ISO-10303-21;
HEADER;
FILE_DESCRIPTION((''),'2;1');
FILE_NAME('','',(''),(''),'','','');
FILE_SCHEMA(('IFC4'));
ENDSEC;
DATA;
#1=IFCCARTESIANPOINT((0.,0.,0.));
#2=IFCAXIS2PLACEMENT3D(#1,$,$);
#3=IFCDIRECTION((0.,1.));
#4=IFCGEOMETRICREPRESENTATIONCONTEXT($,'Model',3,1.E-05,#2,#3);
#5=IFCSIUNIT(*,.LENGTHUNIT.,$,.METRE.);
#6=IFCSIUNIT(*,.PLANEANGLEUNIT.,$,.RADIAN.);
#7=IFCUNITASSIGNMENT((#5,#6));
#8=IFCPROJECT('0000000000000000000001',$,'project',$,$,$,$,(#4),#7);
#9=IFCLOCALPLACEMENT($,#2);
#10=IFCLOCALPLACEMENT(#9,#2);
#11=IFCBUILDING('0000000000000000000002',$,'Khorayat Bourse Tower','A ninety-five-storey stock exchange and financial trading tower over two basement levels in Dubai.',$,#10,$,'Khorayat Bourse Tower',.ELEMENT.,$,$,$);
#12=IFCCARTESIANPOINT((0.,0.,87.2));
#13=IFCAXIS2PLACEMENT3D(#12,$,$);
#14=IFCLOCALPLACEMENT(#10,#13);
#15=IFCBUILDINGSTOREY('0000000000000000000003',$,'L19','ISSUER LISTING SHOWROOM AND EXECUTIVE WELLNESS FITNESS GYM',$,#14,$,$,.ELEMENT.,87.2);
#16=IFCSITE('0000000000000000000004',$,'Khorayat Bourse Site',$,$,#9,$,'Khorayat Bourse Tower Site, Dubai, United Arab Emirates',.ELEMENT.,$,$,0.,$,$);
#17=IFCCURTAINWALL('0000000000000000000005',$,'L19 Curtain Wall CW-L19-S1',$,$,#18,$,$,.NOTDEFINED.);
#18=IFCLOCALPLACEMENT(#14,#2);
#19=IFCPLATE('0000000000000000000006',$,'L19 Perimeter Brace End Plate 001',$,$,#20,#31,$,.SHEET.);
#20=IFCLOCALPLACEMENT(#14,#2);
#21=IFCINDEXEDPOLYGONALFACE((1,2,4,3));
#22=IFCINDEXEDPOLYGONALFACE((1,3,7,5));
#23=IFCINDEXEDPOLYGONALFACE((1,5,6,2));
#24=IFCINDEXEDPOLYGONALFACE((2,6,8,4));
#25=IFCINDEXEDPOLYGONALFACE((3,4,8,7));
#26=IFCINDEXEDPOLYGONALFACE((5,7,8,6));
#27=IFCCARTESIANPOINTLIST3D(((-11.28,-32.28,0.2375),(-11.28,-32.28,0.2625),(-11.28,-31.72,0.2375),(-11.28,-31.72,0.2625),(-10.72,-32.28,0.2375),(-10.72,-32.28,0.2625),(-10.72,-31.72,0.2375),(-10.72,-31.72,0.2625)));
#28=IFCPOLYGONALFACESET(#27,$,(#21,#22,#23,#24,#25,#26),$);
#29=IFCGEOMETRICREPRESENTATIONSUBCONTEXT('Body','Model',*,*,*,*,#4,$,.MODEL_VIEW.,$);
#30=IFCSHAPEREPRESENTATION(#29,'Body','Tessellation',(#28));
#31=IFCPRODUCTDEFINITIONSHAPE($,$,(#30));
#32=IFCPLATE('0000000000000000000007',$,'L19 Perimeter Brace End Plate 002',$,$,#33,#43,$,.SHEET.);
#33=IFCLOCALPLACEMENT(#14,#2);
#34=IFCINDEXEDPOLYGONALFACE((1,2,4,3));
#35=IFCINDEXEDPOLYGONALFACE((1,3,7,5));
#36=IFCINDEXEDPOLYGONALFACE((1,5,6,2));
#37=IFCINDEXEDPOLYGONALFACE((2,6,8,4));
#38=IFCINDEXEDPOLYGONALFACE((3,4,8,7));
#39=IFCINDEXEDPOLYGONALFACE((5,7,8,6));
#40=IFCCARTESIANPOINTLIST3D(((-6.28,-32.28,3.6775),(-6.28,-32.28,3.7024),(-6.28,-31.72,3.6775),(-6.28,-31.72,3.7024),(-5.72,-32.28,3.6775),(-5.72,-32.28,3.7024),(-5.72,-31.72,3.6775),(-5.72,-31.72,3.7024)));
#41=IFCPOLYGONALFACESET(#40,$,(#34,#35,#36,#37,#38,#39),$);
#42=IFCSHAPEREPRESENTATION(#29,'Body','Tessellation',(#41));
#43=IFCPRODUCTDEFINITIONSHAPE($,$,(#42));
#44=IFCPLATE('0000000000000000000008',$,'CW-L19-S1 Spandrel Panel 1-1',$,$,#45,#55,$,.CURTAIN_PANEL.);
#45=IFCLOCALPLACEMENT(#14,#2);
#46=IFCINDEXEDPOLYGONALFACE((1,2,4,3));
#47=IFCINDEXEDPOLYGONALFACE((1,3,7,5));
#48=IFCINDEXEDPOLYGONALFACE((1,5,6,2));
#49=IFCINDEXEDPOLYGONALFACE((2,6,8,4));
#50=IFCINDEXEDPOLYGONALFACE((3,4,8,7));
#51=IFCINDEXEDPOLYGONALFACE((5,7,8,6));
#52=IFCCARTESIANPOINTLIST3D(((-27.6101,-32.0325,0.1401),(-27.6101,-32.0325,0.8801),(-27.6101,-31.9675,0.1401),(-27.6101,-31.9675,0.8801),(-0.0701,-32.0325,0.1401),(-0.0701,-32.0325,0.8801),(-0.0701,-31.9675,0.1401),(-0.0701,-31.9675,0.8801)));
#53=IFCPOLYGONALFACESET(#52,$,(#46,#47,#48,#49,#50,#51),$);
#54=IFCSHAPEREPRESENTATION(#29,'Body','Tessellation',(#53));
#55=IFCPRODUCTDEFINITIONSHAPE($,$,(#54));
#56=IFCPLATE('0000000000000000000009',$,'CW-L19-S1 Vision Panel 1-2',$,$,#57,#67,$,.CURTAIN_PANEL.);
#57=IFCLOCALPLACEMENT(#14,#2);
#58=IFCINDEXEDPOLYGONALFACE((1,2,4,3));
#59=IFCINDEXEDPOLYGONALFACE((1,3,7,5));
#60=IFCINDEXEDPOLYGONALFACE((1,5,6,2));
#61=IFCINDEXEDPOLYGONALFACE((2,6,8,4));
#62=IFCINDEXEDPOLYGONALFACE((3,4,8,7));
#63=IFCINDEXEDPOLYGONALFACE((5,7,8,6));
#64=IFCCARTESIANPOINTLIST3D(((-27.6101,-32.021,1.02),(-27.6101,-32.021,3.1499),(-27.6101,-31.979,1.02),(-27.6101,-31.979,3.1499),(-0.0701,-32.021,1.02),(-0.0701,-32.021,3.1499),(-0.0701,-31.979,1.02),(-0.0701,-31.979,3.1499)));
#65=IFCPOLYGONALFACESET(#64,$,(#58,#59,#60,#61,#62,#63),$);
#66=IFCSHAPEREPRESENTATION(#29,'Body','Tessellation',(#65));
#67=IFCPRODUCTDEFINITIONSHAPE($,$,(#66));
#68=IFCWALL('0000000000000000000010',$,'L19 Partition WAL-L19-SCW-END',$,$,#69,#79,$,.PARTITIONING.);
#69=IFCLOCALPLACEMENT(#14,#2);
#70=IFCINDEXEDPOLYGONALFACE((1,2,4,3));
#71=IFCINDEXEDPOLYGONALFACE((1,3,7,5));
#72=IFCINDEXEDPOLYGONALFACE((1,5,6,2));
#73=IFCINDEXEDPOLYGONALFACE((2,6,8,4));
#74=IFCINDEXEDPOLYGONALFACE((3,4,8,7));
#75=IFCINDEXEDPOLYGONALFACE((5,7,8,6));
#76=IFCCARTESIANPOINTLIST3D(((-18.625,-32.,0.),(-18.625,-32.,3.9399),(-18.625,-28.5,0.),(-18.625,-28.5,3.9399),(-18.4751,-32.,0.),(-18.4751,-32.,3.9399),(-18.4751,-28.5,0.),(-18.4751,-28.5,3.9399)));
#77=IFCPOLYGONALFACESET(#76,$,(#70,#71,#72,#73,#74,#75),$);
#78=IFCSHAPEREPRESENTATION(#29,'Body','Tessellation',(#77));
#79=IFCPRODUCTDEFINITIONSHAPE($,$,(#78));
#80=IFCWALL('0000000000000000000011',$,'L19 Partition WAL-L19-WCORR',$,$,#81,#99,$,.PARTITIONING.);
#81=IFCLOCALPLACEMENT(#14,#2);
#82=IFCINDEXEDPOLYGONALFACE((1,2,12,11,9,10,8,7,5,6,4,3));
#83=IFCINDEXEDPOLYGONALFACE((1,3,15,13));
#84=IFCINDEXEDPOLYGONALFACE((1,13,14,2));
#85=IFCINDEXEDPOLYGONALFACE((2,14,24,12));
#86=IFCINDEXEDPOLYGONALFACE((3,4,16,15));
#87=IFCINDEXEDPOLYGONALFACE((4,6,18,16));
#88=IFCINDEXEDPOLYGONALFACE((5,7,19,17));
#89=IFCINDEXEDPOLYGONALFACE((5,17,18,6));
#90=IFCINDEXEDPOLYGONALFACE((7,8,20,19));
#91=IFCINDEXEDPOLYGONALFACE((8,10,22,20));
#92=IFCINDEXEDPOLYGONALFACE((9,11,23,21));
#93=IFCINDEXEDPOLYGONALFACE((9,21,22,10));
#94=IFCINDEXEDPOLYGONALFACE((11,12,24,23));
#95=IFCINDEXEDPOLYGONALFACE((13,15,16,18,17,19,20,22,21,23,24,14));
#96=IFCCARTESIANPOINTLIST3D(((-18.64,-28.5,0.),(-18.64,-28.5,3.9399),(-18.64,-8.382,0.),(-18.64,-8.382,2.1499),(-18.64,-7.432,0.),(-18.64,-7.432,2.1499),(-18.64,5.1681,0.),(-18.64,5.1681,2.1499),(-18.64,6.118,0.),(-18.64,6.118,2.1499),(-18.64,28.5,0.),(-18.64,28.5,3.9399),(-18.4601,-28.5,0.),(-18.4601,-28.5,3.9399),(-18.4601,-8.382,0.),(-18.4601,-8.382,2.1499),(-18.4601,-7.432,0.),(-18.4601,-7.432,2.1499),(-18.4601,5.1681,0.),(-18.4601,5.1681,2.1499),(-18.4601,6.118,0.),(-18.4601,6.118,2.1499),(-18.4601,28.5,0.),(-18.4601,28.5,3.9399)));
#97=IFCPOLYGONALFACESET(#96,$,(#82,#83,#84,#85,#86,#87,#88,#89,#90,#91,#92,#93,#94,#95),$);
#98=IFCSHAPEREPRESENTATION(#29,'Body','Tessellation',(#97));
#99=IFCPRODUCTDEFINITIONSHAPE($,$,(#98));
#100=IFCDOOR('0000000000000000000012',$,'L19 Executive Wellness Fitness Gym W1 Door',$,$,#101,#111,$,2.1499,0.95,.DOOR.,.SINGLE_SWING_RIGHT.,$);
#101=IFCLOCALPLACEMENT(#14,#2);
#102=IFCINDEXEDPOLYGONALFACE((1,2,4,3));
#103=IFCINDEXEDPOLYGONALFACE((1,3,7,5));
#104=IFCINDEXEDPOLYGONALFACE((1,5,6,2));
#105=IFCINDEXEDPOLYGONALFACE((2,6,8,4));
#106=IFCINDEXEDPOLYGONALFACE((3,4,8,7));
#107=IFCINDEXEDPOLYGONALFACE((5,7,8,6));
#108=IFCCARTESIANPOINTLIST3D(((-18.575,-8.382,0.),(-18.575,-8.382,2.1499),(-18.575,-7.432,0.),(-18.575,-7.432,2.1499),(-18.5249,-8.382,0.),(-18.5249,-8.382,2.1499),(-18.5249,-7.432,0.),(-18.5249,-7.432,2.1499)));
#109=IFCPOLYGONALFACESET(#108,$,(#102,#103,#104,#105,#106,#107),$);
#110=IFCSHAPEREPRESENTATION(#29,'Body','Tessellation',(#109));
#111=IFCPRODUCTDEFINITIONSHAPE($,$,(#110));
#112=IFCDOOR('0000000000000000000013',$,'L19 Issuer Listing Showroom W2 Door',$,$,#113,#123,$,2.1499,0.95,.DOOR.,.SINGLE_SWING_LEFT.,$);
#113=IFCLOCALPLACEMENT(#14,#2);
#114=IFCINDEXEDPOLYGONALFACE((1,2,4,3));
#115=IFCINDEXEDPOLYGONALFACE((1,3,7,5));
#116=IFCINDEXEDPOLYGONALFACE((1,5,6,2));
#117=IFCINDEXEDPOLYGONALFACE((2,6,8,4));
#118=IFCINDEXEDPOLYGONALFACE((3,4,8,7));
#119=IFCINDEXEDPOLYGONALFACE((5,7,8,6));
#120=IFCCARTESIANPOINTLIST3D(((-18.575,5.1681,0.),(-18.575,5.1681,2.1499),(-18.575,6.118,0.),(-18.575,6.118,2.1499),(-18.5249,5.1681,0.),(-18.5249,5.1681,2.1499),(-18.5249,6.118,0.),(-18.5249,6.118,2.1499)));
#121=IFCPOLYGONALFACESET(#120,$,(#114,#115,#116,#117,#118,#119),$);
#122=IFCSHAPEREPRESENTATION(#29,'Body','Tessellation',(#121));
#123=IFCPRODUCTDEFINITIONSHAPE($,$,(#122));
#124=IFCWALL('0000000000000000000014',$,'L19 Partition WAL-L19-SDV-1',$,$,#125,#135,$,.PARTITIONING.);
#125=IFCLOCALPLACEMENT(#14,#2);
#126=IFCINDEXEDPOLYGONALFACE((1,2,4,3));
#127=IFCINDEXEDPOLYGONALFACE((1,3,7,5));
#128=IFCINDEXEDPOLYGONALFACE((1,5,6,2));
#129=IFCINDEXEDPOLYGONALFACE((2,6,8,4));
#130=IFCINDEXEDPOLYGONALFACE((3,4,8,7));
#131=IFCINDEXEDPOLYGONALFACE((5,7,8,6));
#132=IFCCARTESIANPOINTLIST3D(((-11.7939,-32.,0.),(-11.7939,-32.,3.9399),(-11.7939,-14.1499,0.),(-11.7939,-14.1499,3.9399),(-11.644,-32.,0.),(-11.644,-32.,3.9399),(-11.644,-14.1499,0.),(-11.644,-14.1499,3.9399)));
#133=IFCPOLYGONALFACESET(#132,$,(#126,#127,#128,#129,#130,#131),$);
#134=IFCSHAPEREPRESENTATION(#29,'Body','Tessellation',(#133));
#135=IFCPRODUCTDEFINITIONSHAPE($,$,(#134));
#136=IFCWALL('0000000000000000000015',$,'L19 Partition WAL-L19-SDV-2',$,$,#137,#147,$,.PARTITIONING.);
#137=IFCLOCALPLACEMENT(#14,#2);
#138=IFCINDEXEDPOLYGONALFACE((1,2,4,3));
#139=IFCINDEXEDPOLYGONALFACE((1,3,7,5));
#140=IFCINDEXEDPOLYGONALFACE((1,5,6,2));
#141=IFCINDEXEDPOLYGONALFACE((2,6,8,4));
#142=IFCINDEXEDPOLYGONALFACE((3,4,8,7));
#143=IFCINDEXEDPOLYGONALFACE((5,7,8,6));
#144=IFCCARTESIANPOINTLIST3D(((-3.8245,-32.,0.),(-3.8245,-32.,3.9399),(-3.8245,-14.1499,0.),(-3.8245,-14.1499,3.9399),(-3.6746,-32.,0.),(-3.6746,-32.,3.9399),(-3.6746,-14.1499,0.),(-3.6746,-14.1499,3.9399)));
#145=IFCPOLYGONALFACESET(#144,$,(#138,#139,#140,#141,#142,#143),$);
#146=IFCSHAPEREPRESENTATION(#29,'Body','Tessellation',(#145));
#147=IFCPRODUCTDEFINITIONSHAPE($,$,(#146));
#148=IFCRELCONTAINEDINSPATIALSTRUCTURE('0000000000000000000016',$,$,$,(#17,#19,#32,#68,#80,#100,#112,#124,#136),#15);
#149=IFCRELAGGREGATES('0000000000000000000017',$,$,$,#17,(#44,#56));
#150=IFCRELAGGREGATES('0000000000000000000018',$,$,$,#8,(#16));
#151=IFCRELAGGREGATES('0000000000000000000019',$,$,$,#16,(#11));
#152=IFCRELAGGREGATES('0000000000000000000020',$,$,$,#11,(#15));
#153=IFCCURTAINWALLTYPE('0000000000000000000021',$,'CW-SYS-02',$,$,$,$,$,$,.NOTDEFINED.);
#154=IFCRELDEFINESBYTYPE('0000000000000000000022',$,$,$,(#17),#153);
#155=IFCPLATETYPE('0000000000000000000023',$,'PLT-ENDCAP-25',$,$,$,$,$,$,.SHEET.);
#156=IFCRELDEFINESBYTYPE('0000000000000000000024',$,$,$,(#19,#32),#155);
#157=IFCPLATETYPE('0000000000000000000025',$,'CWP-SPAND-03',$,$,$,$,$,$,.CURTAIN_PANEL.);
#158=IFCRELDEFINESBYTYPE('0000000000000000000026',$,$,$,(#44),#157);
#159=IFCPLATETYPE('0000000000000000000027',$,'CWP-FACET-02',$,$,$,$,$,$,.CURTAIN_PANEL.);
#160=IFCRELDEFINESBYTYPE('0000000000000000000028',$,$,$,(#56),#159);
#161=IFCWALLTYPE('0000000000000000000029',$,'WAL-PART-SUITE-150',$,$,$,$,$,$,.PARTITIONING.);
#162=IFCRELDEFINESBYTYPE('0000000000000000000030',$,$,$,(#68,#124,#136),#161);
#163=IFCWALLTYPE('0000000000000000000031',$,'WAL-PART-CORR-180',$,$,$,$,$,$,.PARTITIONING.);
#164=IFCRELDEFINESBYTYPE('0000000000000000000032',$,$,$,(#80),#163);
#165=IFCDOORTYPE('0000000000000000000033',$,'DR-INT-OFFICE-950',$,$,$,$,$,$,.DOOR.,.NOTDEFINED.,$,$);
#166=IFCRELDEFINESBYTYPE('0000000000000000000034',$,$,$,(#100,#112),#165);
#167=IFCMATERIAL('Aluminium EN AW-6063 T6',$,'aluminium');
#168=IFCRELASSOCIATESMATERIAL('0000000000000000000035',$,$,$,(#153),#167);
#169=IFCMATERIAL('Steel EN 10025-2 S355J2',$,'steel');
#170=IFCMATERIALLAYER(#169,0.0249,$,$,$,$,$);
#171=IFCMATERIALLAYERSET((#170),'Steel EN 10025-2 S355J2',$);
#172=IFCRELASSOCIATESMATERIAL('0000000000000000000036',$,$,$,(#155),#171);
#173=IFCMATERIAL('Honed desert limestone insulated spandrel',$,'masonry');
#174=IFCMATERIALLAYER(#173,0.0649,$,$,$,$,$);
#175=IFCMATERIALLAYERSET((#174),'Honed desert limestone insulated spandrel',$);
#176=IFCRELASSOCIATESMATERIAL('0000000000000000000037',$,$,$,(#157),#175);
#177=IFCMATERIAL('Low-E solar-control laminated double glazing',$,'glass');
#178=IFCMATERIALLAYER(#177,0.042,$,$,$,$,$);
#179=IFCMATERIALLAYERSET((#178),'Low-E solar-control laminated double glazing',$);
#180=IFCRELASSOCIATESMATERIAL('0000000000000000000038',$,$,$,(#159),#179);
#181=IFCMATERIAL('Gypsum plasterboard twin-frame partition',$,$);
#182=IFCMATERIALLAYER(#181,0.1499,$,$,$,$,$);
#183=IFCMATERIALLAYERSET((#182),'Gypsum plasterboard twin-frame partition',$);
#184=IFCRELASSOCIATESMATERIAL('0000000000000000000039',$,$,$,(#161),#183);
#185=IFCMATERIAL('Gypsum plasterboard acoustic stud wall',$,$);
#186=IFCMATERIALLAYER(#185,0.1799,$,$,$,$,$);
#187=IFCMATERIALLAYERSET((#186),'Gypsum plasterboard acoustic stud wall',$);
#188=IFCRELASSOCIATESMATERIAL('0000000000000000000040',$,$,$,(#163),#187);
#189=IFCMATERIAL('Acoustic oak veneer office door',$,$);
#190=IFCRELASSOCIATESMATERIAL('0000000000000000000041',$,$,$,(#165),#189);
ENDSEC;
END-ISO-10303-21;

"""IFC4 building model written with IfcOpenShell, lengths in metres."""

from ifc_helpers import new_model, si_unit, direction, frame, frame_2d, origin, origin_2d, place, context, subcontext, project, spatial, rectangle, extrude, source, transform, mapped, material, layer, layer_set, type_object, element, fill, aggregate, save


model = new_model("IFC4")

# Units and contexts
model_context = context("Model", 3, precision=1e-05, world=origin(), true_north=direction((0.0, 1.0)))
body_context = subcontext(model_context, "Body", "Model", "MODEL_VIEW")
ifc_project = project(units=[si_unit("LENGTHUNIT", "METRE"), si_unit("PLANEANGLEUNIT", "RADIAN")], contexts=[model_context])

# Site, building, storey
site_placement = place(None, origin())
site = spatial("IfcSite", under=ifc_project, at=site_placement, Name="Khorayat Bourse Site", LongName="Khorayat Bourse Tower Site, Dubai, United Arab Emirates", CompositionType="ELEMENT", RefElevation=0.0)
building_placement = place(site_placement, origin())
building = spatial("IfcBuilding", under=site, at=building_placement, Name="Khorayat Bourse Tower", Description="A ninety-five-storey stock exchange and financial trading tower over two basement levels in Dubai.", LongName="Khorayat Bourse Tower", CompositionType="ELEMENT")
storey_placement = place(building_placement, frame((0.0, 0.0, 87.2)))
storey = spatial("IfcBuildingStorey", under=building, at=storey_placement, Name="L19", Description="ISSUER LISTING SHOWROOM AND EXECUTIVE WELLNESS FITNESS GYM", CompositionType="ELEMENT", Elevation=87.2)

# Curtain wall
ifc_material_1 = material(Name="Aluminium EN AW-6063 T6", Category="aluminium")
curtain_wall_type = type_object("IfcCurtainWallType", Name="CW-SYS-02", PredefinedType="NOTDEFINED", material=ifc_material_1)
curtain_wall_placement = place(storey_placement, origin())
curtain_wall = element("IfcCurtainWall", 1, at=curtain_wall_placement, inside=storey, type_object=curtain_wall_type, Name="L19 Curtain Wall CW-L19-S1", PredefinedType="NOTDEFINED")

# Plates
ifc_material_2 = material(Name="Steel EN 10025-2 S355J2", Category="steel")
ifc_layer_1 = layer(ifc_material_2, 0.0249)
ifc_layer_set_1 = layer_set([ifc_layer_1], Name="Steel EN 10025-2 S355J2")
plate_type_1 = type_object("IfcPlateType", Name="PLT-ENDCAP-25", PredefinedType="SHEET", material=ifc_layer_set_1)
shared_shape_1 = source(origin(), body_context, "Body", "SweptSolid", [
    extrude(rectangle(XDim=0.5601, YDim=0.5601, at=origin_2d()), origin(), (0.0, 0.0, 1.0), 0.0249),
])
for number, where, z_axis, x_axis, name in (
    (2, (-11.0, -32.0, 0.2375), (0.0, 0.0, 1.0), (1.0, 0.0, 0.0), "L19 Perimeter Brace End Plate 001"),
    (3, (-6.0, -32.0, 3.6775), (0.0, 0.0, 1.0), (1.0, 0.0, 0.0), "L19 Perimeter Brace End Plate 002"),
):
    element("IfcPlate", number, at=place(storey_placement, frame(where, z_axis=z_axis, x_axis=x_axis)), inside=storey, type_object=plate_type_1, Name=name, PredefinedType="SHEET", context=body_context, shape_type="MappedRepresentation", body=[
        mapped(shared_shape_1, transform((0.0, 0.0, 0.0), scale=1.0)),
    ])

# Plates
ifc_material_3 = material(Name="Honed desert limestone insulated spandrel", Category="masonry")
ifc_layer_2 = layer(ifc_material_3, 0.0649)
ifc_layer_set_2 = layer_set([ifc_layer_2], Name="Honed desert limestone insulated spandrel")
plate_type_2 = type_object("IfcPlateType", Name="CWP-SPAND-03", PredefinedType="CURTAIN_PANEL", material=ifc_layer_set_2)
shared_shape_2 = source(origin(), body_context, "Body", "SweptSolid", [
    extrude(rectangle(XDim=27.54, YDim=0.0649, at=origin_2d()), origin(), (0.0, 0.0, 1.0), 0.74),
])
plate_1_placement = place(storey_placement, frame((-13.8401, -32.0, 0.1401), z_axis=(0.0, 0.0, 1.0), x_axis=(1.0, 0.0, 0.0)))
plate_1 = element("IfcPlate", 4, at=plate_1_placement, type_object=plate_type_2, Name="CW-L19-S1 Spandrel Panel 1-1", PredefinedType="CURTAIN_PANEL", context=body_context, shape_type="MappedRepresentation", body=[
    mapped(shared_shape_2, transform((0.0, 0.0, 0.0), scale=1.0)),
])
ifc_material_4 = material(Name="Low-E solar-control laminated double glazing", Category="glass")
ifc_layer_3 = layer(ifc_material_4, 0.042)
ifc_layer_set_3 = layer_set([ifc_layer_3], Name="Low-E solar-control laminated double glazing")
plate_type_3 = type_object("IfcPlateType", Name="CWP-FACET-02", PredefinedType="CURTAIN_PANEL", material=ifc_layer_set_3)
shared_shape_3 = source(origin(), body_context, "Body", "SweptSolid", [
    extrude(rectangle(XDim=27.54, YDim=0.042, at=origin_2d()), origin(), (0.0, 0.0, 1.0), 2.1299),
])
plate_2_placement = place(storey_placement, frame((-13.8401, -32.0, 1.02), z_axis=(0.0, 0.0, 1.0), x_axis=(1.0, 0.0, 0.0)))
plate_2 = element("IfcPlate", 5, at=plate_2_placement, type_object=plate_type_3, Name="CW-L19-S1 Vision Panel 1-2", PredefinedType="CURTAIN_PANEL", context=body_context, shape_type="MappedRepresentation", body=[
    mapped(shared_shape_3, transform((0.0, 0.0, 0.0), scale=1.0)),
])
aggregate(curtain_wall, [plate_1, plate_2])

# Wall
ifc_material_5 = material(Name="Gypsum plasterboard twin-frame partition")
ifc_layer_4 = layer(ifc_material_5, 0.1499)
ifc_layer_set_4 = layer_set([ifc_layer_4], Name="Gypsum plasterboard twin-frame partition")
wall_type_1 = type_object("IfcWallType", Name="WAL-PART-SUITE-150", PredefinedType="PARTITIONING", material=ifc_layer_set_4)
shared_shape_4 = source(origin(), body_context, "Body", "SweptSolid", [
    extrude(rectangle(XDim=3.5, YDim=0.1499, at=frame_2d((1.75, 0.0))), origin(), (0.0, 0.0, 1.0), 3.9399),
])
wall_1_placement = place(storey_placement, frame((-18.55, -32.0, 0.0), z_axis=(0.0, 0.0, 1.0), x_axis=(0.0, 1.0, 0.0)))
element("IfcWall", 6, at=wall_1_placement, inside=storey, type_object=wall_type_1, Name="L19 Partition WAL-L19-SCW-END", PredefinedType="PARTITIONING", context=body_context, shape_type="MappedRepresentation", body=[
    mapped(shared_shape_4, transform((0.0, 0.0, 0.0), scale=1.0)),
])

# Wall, openings, doors
ifc_material_6 = material(Name="Gypsum plasterboard acoustic stud wall")
ifc_layer_5 = layer(ifc_material_6, 0.1799)
ifc_layer_set_5 = layer_set([ifc_layer_5], Name="Gypsum plasterboard acoustic stud wall")
wall_type_2 = type_object("IfcWallType", Name="WAL-PART-CORR-180", PredefinedType="PARTITIONING", material=ifc_layer_set_5)
shared_shape_5 = source(origin(), body_context, "Body", "SweptSolid", [
    extrude(rectangle(XDim=57.0, YDim=0.1799, at=frame_2d((28.5, 0.0))), origin(), (0.0, 0.0, 1.0), 3.9399),
])
wall_2_placement = place(storey_placement, frame((-18.55, -28.5, 0.0), z_axis=(0.0, 0.0, 1.0), x_axis=(0.0, 1.0, 0.0)))
wall_2 = element("IfcWall", 7, at=wall_2_placement, inside=storey, type_object=wall_type_2, Name="L19 Partition WAL-L19-WCORR", PredefinedType="PARTITIONING", context=body_context, shape_type="MappedRepresentation", body=[
    mapped(shared_shape_5, transform((0.0, 0.0, 0.0), scale=1.0)),
])
shared_shape_6 = source(origin(), body_context, "Body", "SweptSolid", [
    extrude(rectangle(XDim=0.95, YDim=2.1499, at=frame_2d((0.4751, 1.075))), frame((0.0, 0.0999, 0.0), z_axis=(0.0, -1.0, 0.0), x_axis=(1.0, 0.0, 0.0)), (0.0, 0.0, 1.0), 0.2),
])
opening_1_placement = place(wall_2_placement, frame((20.1179, 0.0, 0.0)))
opening_1 = element("IfcOpeningElement", 8, at=opening_1_placement, cuts=wall_2, PredefinedType="OPENING", context=body_context, shape_type="MappedRepresentation", body=[
    mapped(shared_shape_6, transform((0.0, 0.0, 0.0), scale=1.0)),
])
opening_2_placement = place(wall_2_placement, frame((33.668, 0.0, 0.0)))
opening_2 = element("IfcOpeningElement", 9, at=opening_2_placement, cuts=wall_2, PredefinedType="OPENING", context=body_context, shape_type="MappedRepresentation", body=[
    mapped(shared_shape_6, transform((0.0, 0.0, 0.0), scale=1.0)),
])
ifc_material_7 = material(Name="Acoustic oak veneer office door")
door_type = type_object("IfcDoorType", Name="DR-INT-OFFICE-950", OperationType="NOTDEFINED", PredefinedType="DOOR", material=ifc_material_7)
shared_shape_7 = source(origin(), body_context, "Body", "SweptSolid", [
    extrude(rectangle(XDim=0.95, YDim=2.1499, at=frame_2d((0.4751, 1.075))), frame((0.0, 0.0249, 0.0), z_axis=(0.0, -1.0, 0.0), x_axis=(1.0, 0.0, 0.0)), (0.0, 0.0, 1.0), 0.05),
])
door_1_placement = place(opening_1_placement, origin())
door_1 = element("IfcDoor", 10, at=door_1_placement, inside=storey, type_object=door_type, Name="L19 Executive Wellness Fitness Gym W1 Door", OperationType="SINGLE_SWING_RIGHT", OverallHeight=2.1499, OverallWidth=0.95, PredefinedType="DOOR", context=body_context, shape_type="MappedRepresentation", body=[
    mapped(shared_shape_7, transform((0.0, 0.0, 0.0), scale=1.0)),
])
fill(opening_1, door_1)
door_2_placement = place(opening_2_placement, origin())
door_2 = element("IfcDoor", 11, at=door_2_placement, inside=storey, type_object=door_type, Name="L19 Issuer Listing Showroom W2 Door", OperationType="SINGLE_SWING_LEFT", OverallHeight=2.1499, OverallWidth=0.95, PredefinedType="DOOR", context=body_context, shape_type="MappedRepresentation", body=[
    mapped(shared_shape_7, transform((0.0, 0.0, 0.0), scale=1.0)),
])
fill(opening_2, door_2)

# Walls
shared_shape_8 = source(origin(), body_context, "Body", "SweptSolid", [
    extrude(rectangle(XDim=17.8501, YDim=0.1499, at=frame_2d((8.925, 0.0))), origin(), (0.0, 0.0, 1.0), 3.9399),
])
for number, where, z_axis, x_axis, name in (
    (12, (-11.719, -32.0, 0.0), (0.0, 0.0, 1.0), (0.0, 1.0, 0.0), "L19 Partition WAL-L19-SDV-1"),
    (13, (-3.7495, -32.0, 0.0), (0.0, 0.0, 1.0), (0.0, 1.0, 0.0), "L19 Partition WAL-L19-SDV-2"),
):
    element("IfcWall", number, at=place(storey_placement, frame(where, z_axis=z_axis, x_axis=x_axis)), inside=storey, type_object=wall_type_1, Name=name, PredefinedType="PARTITIONING", context=body_context, shape_type="MappedRepresentation", body=[
        mapped(shared_shape_8, transform((0.0, 0.0, 0.0), scale=1.0)),
    ])

save(model, "model.ifc")
